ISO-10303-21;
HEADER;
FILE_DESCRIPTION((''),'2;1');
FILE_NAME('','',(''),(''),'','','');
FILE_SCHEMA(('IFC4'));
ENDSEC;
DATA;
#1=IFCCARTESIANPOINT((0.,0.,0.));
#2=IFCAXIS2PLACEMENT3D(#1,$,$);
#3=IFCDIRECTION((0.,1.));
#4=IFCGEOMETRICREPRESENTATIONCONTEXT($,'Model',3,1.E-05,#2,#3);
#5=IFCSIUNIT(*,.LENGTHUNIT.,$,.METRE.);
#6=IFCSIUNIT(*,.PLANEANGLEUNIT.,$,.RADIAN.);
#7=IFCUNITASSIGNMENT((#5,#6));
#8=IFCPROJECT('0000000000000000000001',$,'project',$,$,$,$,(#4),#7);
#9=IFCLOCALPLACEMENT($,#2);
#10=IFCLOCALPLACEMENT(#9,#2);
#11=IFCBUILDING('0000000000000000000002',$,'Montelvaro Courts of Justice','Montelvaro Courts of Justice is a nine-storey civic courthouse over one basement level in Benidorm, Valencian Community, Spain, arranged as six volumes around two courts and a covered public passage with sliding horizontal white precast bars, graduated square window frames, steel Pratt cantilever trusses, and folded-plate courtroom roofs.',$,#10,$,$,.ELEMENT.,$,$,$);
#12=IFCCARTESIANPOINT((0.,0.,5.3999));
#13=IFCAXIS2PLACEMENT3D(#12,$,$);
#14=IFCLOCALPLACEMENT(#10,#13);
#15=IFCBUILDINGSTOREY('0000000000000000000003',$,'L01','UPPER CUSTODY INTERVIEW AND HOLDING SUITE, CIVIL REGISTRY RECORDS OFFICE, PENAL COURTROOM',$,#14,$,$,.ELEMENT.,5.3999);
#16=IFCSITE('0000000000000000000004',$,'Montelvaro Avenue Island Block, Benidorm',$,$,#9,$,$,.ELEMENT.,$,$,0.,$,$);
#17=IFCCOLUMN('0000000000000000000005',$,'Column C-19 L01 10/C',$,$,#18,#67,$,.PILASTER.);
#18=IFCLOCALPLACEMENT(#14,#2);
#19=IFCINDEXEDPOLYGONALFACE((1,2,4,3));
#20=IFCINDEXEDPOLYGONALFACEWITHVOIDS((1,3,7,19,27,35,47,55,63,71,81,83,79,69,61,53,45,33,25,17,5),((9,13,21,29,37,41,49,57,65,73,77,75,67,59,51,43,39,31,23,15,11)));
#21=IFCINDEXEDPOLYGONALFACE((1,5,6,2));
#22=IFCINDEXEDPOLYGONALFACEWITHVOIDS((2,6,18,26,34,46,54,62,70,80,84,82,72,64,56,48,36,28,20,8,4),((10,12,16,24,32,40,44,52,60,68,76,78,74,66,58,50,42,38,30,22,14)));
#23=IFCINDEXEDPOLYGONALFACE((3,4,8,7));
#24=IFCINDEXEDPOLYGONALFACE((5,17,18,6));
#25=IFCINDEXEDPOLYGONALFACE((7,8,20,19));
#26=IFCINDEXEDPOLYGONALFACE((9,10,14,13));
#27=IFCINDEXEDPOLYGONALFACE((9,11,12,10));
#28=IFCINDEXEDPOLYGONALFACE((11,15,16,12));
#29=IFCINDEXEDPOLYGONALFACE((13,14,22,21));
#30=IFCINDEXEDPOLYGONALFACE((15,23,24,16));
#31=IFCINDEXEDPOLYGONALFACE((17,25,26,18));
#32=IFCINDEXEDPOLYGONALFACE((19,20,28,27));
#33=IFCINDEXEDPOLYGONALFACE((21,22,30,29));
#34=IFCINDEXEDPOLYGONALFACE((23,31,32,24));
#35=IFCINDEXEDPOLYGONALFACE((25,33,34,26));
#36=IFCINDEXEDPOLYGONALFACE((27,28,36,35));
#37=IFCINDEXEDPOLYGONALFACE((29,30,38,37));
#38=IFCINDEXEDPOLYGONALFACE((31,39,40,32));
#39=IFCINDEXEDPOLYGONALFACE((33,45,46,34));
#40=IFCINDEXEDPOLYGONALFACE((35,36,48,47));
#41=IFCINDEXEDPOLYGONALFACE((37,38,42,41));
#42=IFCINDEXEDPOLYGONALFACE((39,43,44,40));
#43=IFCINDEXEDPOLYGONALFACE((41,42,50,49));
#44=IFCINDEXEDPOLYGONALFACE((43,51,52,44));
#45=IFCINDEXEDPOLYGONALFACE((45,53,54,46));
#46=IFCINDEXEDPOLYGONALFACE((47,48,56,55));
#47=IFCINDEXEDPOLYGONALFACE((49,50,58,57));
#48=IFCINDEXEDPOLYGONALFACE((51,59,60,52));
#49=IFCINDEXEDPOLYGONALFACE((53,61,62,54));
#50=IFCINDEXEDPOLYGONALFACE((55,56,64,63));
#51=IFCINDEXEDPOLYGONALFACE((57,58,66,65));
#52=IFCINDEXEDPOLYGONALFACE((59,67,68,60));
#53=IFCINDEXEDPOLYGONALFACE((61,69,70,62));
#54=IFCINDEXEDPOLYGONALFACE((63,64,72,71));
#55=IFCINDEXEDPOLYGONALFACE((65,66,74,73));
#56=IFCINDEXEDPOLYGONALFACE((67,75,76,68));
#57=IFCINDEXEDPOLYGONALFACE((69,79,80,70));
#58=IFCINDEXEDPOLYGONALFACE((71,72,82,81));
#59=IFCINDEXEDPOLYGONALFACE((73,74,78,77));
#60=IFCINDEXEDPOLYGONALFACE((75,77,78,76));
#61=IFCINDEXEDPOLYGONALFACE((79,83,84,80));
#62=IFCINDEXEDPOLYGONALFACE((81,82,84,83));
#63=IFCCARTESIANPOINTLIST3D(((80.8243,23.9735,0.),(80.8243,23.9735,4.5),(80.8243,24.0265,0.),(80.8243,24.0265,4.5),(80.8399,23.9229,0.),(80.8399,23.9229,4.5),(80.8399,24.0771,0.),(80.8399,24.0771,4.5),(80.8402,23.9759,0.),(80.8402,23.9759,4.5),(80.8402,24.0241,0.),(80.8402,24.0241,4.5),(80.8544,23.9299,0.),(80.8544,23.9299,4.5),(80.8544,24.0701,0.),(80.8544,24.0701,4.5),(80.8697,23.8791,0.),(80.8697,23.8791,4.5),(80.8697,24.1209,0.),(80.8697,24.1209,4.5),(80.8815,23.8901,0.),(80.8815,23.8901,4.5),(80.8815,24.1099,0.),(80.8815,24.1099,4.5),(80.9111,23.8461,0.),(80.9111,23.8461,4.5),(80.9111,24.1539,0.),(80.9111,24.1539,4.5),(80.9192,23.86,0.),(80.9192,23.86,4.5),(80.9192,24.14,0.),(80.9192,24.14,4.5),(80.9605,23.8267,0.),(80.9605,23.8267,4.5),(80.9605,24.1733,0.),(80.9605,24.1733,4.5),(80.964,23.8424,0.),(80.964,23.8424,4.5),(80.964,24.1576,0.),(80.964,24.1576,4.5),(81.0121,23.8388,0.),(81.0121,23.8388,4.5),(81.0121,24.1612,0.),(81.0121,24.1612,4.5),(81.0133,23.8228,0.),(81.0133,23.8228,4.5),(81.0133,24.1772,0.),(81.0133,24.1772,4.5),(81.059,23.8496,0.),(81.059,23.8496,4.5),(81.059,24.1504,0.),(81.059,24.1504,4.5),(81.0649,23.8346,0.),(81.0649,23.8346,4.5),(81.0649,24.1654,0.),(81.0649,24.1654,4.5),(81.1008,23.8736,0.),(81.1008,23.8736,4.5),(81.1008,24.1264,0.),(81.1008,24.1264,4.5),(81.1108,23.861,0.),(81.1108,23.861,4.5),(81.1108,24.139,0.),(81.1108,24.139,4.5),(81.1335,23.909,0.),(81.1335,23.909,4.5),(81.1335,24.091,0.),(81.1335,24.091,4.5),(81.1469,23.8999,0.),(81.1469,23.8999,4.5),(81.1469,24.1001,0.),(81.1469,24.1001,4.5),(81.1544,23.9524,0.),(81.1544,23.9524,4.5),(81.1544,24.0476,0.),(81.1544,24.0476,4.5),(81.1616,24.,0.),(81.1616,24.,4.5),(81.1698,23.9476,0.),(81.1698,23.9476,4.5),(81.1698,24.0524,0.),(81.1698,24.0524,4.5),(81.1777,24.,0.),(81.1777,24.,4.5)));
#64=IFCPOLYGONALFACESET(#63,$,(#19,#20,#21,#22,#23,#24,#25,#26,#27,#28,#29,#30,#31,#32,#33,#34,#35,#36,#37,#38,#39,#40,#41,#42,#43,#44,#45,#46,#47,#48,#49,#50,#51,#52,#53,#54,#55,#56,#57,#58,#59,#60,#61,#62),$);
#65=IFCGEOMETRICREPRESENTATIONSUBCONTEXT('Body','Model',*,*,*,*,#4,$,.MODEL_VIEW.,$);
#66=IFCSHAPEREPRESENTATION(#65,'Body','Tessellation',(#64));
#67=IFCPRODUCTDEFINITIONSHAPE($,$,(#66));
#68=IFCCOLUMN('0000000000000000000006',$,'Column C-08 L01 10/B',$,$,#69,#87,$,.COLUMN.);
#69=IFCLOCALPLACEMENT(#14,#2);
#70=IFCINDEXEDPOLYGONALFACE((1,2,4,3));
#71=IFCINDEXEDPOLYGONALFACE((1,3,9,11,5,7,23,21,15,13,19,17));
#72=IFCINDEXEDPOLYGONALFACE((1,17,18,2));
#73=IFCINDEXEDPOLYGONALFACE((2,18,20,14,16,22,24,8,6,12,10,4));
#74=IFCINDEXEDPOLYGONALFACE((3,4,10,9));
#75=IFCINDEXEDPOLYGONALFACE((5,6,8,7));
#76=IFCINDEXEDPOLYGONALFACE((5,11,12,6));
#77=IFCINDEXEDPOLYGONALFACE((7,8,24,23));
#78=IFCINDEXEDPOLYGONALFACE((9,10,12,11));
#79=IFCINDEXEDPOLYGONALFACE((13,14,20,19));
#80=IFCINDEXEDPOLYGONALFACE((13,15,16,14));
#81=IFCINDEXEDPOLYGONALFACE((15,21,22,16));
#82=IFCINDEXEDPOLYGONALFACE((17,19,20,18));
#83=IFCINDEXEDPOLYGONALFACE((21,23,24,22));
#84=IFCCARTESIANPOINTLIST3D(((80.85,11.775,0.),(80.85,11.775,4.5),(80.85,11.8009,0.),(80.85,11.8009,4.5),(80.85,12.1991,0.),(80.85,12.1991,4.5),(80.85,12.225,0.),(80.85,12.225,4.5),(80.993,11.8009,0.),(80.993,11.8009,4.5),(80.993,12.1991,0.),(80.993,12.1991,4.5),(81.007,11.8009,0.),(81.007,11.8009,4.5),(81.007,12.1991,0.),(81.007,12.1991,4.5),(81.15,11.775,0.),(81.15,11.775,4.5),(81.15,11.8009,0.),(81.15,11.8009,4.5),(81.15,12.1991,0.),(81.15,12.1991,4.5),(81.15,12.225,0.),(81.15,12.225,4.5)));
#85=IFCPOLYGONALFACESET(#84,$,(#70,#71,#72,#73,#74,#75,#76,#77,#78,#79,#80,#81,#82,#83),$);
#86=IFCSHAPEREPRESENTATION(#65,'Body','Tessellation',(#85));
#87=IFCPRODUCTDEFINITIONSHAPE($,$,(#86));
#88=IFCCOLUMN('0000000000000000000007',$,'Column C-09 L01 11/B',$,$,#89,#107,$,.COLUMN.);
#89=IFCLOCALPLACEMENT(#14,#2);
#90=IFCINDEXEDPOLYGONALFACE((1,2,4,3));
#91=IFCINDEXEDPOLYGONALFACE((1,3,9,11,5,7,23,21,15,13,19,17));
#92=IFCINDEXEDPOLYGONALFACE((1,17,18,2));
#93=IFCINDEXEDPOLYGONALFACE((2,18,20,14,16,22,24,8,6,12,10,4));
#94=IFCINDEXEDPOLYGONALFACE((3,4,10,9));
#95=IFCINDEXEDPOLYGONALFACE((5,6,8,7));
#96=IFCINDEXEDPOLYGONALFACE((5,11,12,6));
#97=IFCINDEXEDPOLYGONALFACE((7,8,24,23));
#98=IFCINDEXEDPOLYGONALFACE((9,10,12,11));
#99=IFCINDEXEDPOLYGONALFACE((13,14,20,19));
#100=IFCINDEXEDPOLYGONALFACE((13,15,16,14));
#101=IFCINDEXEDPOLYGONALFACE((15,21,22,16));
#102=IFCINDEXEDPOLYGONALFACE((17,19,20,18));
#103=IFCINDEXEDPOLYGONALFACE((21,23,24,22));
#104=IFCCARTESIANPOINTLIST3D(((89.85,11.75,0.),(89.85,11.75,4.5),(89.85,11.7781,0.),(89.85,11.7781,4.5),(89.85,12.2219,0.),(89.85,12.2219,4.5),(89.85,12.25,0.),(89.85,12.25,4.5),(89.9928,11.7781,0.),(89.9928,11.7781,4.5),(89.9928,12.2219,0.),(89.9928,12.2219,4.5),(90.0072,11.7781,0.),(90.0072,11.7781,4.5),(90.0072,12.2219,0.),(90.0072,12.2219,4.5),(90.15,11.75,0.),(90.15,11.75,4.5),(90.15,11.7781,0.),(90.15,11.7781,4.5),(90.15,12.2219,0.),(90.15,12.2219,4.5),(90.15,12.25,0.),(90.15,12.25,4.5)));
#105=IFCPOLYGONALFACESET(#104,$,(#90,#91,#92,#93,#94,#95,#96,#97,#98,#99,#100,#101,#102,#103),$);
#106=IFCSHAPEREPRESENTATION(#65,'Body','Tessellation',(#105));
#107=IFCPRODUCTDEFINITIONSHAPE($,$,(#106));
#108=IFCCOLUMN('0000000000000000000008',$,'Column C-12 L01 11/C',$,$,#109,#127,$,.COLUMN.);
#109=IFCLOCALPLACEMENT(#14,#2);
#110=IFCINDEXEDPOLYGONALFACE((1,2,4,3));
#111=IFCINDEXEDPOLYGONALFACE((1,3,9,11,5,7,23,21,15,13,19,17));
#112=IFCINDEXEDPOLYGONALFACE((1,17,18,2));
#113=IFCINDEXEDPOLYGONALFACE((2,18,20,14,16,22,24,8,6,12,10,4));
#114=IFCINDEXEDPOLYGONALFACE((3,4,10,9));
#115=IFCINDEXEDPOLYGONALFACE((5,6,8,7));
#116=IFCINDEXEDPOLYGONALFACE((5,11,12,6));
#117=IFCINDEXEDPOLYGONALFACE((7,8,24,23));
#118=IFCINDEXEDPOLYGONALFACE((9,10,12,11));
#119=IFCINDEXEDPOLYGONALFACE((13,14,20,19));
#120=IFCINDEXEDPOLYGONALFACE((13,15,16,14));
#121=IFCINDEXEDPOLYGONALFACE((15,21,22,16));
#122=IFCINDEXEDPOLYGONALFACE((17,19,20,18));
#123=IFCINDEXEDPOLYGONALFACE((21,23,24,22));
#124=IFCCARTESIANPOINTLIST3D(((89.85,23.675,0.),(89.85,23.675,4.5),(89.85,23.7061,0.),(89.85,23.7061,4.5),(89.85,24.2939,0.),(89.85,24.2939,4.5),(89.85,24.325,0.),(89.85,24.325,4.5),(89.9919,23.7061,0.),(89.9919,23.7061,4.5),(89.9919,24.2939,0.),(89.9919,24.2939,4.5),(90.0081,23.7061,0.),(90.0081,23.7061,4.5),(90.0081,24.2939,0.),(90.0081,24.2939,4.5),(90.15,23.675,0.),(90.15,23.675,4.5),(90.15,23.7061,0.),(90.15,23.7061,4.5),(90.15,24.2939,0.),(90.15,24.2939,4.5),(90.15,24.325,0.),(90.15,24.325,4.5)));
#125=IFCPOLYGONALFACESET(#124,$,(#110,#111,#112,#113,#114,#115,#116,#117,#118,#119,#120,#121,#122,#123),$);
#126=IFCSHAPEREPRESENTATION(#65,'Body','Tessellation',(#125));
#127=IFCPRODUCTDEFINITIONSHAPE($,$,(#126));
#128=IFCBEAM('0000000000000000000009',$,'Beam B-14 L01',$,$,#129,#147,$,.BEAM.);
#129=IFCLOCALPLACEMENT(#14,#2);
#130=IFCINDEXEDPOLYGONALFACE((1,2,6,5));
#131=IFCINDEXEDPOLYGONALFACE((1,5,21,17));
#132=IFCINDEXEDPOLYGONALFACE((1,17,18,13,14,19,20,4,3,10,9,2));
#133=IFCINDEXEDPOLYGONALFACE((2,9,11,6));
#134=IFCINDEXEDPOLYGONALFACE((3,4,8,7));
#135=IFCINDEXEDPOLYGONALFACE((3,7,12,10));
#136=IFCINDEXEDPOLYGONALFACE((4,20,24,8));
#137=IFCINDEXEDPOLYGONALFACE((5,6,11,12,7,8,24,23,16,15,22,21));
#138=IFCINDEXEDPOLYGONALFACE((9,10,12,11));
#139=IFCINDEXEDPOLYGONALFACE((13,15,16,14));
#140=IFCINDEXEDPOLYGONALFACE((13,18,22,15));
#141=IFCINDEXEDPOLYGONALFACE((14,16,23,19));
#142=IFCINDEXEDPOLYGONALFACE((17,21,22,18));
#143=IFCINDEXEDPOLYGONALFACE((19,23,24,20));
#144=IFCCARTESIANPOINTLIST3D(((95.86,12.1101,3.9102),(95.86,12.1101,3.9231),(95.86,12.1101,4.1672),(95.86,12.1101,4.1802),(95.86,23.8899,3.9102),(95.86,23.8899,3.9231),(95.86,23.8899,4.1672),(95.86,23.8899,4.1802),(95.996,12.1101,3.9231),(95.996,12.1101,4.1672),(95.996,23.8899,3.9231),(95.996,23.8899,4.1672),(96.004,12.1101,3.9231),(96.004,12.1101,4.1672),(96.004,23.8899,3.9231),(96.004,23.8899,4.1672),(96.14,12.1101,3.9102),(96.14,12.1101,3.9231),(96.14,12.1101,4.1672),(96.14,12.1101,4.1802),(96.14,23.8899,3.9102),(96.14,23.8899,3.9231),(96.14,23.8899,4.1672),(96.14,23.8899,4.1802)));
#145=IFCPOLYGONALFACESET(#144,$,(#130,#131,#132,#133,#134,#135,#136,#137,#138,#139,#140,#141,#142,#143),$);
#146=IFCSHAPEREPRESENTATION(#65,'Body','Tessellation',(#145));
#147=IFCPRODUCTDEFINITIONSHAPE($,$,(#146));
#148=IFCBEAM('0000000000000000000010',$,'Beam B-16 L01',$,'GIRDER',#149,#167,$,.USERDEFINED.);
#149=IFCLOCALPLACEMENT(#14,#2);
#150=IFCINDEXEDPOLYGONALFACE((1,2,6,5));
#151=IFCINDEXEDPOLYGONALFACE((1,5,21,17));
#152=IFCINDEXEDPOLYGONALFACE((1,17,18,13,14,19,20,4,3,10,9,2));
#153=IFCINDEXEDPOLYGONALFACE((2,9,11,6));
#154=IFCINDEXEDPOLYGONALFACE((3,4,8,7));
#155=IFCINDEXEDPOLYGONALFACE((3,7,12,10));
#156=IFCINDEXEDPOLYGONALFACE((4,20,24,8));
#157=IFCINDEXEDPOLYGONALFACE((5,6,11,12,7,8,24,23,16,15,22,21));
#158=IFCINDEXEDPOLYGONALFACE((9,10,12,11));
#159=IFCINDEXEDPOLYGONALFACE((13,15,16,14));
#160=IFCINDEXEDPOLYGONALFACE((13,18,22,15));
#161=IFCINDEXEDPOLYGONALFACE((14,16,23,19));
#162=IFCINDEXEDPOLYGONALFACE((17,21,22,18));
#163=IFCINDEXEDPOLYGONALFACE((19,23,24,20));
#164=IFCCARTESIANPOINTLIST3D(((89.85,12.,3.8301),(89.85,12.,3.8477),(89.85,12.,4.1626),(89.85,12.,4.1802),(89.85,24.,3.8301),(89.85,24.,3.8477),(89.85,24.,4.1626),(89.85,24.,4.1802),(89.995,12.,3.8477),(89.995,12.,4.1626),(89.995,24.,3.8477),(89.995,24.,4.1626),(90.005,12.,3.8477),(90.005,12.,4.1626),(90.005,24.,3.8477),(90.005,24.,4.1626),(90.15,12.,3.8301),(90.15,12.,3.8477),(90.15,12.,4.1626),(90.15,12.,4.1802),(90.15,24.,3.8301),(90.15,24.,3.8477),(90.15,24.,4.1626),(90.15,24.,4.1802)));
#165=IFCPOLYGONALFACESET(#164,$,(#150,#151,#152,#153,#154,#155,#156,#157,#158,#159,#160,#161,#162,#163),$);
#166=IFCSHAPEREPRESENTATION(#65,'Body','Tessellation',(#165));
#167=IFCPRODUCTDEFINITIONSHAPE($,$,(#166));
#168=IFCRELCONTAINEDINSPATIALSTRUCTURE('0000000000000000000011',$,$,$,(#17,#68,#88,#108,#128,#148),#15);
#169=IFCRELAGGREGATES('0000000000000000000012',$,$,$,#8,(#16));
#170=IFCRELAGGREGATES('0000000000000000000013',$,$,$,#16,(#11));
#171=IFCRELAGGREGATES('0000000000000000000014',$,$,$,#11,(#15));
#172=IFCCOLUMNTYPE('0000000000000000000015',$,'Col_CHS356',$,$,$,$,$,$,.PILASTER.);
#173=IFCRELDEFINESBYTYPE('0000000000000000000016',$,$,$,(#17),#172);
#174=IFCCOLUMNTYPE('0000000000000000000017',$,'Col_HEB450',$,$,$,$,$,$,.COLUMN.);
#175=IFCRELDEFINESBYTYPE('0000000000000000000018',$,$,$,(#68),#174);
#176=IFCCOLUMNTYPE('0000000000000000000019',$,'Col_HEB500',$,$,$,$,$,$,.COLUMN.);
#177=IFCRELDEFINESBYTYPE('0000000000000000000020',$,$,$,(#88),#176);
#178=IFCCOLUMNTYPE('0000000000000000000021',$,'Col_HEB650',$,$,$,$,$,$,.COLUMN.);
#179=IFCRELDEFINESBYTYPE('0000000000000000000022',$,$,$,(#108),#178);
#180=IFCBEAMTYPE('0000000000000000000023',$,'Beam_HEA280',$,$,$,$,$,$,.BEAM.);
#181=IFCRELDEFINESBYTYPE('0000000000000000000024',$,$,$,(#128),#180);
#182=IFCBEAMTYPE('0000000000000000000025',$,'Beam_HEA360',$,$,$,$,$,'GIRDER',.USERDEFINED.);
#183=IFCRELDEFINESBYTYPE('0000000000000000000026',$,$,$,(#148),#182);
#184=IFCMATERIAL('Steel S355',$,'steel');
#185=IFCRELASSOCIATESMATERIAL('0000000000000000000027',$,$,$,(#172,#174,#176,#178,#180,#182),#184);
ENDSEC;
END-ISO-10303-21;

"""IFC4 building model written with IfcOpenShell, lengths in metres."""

from ifc_helpers import new_model, si_unit, direction, frame, origin, origin_2d, place, context, subcontext, project, spatial, hollow_circle, i_section, extrude, material, material_profile, profile_set, type_object, element, save


model = new_model("IFC4")

# Units and contexts
model_context = context("Model", 3, precision=1e-05, world=origin(), true_north=direction((0.0, 1.0)))
body_context = subcontext(model_context, "Body", "Model", "MODEL_VIEW")
ifc_project = project(units=[si_unit("LENGTHUNIT", "METRE"), si_unit("PLANEANGLEUNIT", "RADIAN")], contexts=[model_context])

# Site, building, storey
site_placement = place(None, origin())
site = spatial("IfcSite", under=ifc_project, at=site_placement, Name="Montelvaro Avenue Island Block, Benidorm", CompositionType="ELEMENT", RefElevation=0.0)
building_placement = place(site_placement, origin())
building = spatial("IfcBuilding", under=site, at=building_placement, Name="Montelvaro Courts of Justice", Description="Montelvaro Courts of Justice is a nine-storey civic courthouse over one basement level in Benidorm, Valencian Community, Spain, arranged as six volumes around two courts and a covered public passage with sliding horizontal white precast bars, graduated square window frames, steel Pratt cantilever trusses, and folded-plate courtroom roofs.", CompositionType="ELEMENT")
storey_placement = place(building_placement, frame((0.0, 0.0, 5.3999)))
storey = spatial("IfcBuildingStorey", under=building, at=storey_placement, Name="L01", Description="UPPER CUSTODY INTERVIEW AND HOLDING SUITE, CIVIL REGISTRY RECORDS OFFICE, PENAL COURTROOM", CompositionType="ELEMENT", Elevation=5.3999)

# Columns
ifc_material_1 = material(Name="Steel S355", Category="steel")
ifc_material_profile_1 = material_profile(ifc_material_1, hollow_circle(Radius=0.1777, WallThickness=0.0161, at=origin_2d()), Name="CHS 355.6x16")
ifc_profile_set_1 = profile_set([ifc_material_profile_1], Name="Steel S355")
column_type_1 = type_object("IfcColumnType", Name="Col_CHS356", PredefinedType="PILASTER", material=ifc_profile_set_1)
column_1_placement = place(storey_placement, frame((81.0, 24.0, 0.0), z_axis=(0.0, 0.0, 1.0), x_axis=(1.0, 0.0, 0.0)))
element("IfcColumn", 1, at=column_1_placement, inside=storey, type_object=column_type_1, Name="Column C-19 L01 10/C", PredefinedType="PILASTER", context=body_context, shape_type="SweptSolid", body=[
    extrude(hollow_circle(Radius=0.1777, WallThickness=0.0161, at=origin_2d()), origin(), (0.0, 0.0, 1.0), 4.5),
])
ifc_material_profile_2 = material_profile(ifc_material_1, i_section(OverallWidth=0.3, OverallDepth=0.45, WebThickness=0.0139, FlangeThickness=0.0259, at=origin_2d()), Name="HEB 450")
ifc_profile_set_2 = profile_set([ifc_material_profile_2], Name="Steel S355")
column_type_2 = type_object("IfcColumnType", Name="Col_HEB450", PredefinedType="COLUMN", material=ifc_profile_set_2)
column_2_placement = place(storey_placement, frame((81.0, 12.0, 0.0), z_axis=(0.0, 0.0, 1.0), x_axis=(1.0, 0.0, 0.0)))
element("IfcColumn", 2, at=column_2_placement, inside=storey, type_object=column_type_2, Name="Column C-08 L01 10/B", PredefinedType="COLUMN", context=body_context, shape_type="SweptSolid", body=[
    extrude(i_section(OverallWidth=0.3, OverallDepth=0.45, WebThickness=0.0139, FlangeThickness=0.0259, at=origin_2d()), origin(), (0.0, 0.0, 1.0), 4.5),
])
ifc_material_profile_3 = material_profile(ifc_material_1, i_section(OverallWidth=0.3, OverallDepth=0.5, WebThickness=0.0144, FlangeThickness=0.0281, at=origin_2d()), Name="HEB 500")
ifc_profile_set_3 = profile_set([ifc_material_profile_3], Name="Steel S355")
column_type_3 = type_object("IfcColumnType", Name="Col_HEB500", PredefinedType="COLUMN", material=ifc_profile_set_3)
column_3_placement = place(storey_placement, frame((90.0, 12.0, 0.0), z_axis=(0.0, 0.0, 1.0), x_axis=(1.0, 0.0, 0.0)))
element("IfcColumn", 3, at=column_3_placement, inside=storey, type_object=column_type_3, Name="Column C-09 L01 11/B", PredefinedType="COLUMN", context=body_context, shape_type="SweptSolid", body=[
    extrude(i_section(OverallWidth=0.3, OverallDepth=0.5, WebThickness=0.0144, FlangeThickness=0.0281, at=origin_2d()), origin(), (0.0, 0.0, 1.0), 4.5),
])
ifc_material_profile_4 = material_profile(ifc_material_1, i_section(OverallWidth=0.3, OverallDepth=0.6499, WebThickness=0.0161, FlangeThickness=0.031, at=origin_2d()), Name="HEB 650")
ifc_profile_set_4 = profile_set([ifc_material_profile_4], Name="Steel S355")
column_type_4 = type_object("IfcColumnType", Name="Col_HEB650", PredefinedType="COLUMN", material=ifc_profile_set_4)
column_4_placement = place(storey_placement, frame((90.0, 24.0, 0.0), z_axis=(0.0, 0.0, 1.0), x_axis=(1.0, 0.0, 0.0)))
element("IfcColumn", 4, at=column_4_placement, inside=storey, type_object=column_type_4, Name="Column C-12 L01 11/C", PredefinedType="COLUMN", context=body_context, shape_type="SweptSolid", body=[
    extrude(i_section(OverallWidth=0.3, OverallDepth=0.6499, WebThickness=0.0161, FlangeThickness=0.031, at=origin_2d()), origin(), (0.0, 0.0, 1.0), 4.5),
])

# Beams
ifc_material_profile_5 = material_profile(ifc_material_1, i_section(OverallWidth=0.28, OverallDepth=0.27, WebThickness=0.0081, FlangeThickness=0.0129, at=origin_2d()), Name="HEA 280")
ifc_profile_set_5 = profile_set([ifc_material_profile_5], Name="Steel S355")
beam_type_1 = type_object("IfcBeamType", Name="Beam_HEA280", PredefinedType="BEAM", material=ifc_profile_set_5)
beam_1_placement = place(storey_placement, frame((96.0, 12.1101, 4.0452), z_axis=(0.0, 1.0, 0.0), x_axis=(-1.0, 0.0, 0.0)))
element("IfcBeam", 5, at=beam_1_placement, inside=storey, type_object=beam_type_1, Name="Beam B-14 L01", PredefinedType="BEAM", context=body_context, shape_type="SweptSolid", body=[
    extrude(i_section(OverallWidth=0.28, OverallDepth=0.27, WebThickness=0.0081, FlangeThickness=0.0129, at=origin_2d()), origin(), (0.0, 0.0, 1.0), 11.7798),
])
ifc_material_profile_6 = material_profile(ifc_material_1, i_section(OverallWidth=0.3, OverallDepth=0.3501, WebThickness=0.01, FlangeThickness=0.0176, at=origin_2d()), Name="HEA 360")
ifc_profile_set_6 = profile_set([ifc_material_profile_6], Name="Steel S355")
beam_type_2 = type_object("IfcBeamType", Name="Beam_HEA360", ElementType="GIRDER", PredefinedType="USERDEFINED", material=ifc_profile_set_6)
beam_2_placement = place(storey_placement, frame((90.0, 12.0, 4.0051), z_axis=(0.0, 1.0, 0.0), x_axis=(-1.0, 0.0, 0.0)))
element("IfcBeam", 6, at=beam_2_placement, inside=storey, type_object=beam_type_2, Name="Beam B-16 L01", ObjectType="GIRDER", PredefinedType="USERDEFINED", context=body_context, shape_type="SweptSolid", body=[
    extrude(i_section(OverallWidth=0.3, OverallDepth=0.3501, WebThickness=0.01, FlangeThickness=0.0176, at=origin_2d()), origin(), (0.0, 0.0, 1.0), 12.0),
])

save(model, "model.ifc")
